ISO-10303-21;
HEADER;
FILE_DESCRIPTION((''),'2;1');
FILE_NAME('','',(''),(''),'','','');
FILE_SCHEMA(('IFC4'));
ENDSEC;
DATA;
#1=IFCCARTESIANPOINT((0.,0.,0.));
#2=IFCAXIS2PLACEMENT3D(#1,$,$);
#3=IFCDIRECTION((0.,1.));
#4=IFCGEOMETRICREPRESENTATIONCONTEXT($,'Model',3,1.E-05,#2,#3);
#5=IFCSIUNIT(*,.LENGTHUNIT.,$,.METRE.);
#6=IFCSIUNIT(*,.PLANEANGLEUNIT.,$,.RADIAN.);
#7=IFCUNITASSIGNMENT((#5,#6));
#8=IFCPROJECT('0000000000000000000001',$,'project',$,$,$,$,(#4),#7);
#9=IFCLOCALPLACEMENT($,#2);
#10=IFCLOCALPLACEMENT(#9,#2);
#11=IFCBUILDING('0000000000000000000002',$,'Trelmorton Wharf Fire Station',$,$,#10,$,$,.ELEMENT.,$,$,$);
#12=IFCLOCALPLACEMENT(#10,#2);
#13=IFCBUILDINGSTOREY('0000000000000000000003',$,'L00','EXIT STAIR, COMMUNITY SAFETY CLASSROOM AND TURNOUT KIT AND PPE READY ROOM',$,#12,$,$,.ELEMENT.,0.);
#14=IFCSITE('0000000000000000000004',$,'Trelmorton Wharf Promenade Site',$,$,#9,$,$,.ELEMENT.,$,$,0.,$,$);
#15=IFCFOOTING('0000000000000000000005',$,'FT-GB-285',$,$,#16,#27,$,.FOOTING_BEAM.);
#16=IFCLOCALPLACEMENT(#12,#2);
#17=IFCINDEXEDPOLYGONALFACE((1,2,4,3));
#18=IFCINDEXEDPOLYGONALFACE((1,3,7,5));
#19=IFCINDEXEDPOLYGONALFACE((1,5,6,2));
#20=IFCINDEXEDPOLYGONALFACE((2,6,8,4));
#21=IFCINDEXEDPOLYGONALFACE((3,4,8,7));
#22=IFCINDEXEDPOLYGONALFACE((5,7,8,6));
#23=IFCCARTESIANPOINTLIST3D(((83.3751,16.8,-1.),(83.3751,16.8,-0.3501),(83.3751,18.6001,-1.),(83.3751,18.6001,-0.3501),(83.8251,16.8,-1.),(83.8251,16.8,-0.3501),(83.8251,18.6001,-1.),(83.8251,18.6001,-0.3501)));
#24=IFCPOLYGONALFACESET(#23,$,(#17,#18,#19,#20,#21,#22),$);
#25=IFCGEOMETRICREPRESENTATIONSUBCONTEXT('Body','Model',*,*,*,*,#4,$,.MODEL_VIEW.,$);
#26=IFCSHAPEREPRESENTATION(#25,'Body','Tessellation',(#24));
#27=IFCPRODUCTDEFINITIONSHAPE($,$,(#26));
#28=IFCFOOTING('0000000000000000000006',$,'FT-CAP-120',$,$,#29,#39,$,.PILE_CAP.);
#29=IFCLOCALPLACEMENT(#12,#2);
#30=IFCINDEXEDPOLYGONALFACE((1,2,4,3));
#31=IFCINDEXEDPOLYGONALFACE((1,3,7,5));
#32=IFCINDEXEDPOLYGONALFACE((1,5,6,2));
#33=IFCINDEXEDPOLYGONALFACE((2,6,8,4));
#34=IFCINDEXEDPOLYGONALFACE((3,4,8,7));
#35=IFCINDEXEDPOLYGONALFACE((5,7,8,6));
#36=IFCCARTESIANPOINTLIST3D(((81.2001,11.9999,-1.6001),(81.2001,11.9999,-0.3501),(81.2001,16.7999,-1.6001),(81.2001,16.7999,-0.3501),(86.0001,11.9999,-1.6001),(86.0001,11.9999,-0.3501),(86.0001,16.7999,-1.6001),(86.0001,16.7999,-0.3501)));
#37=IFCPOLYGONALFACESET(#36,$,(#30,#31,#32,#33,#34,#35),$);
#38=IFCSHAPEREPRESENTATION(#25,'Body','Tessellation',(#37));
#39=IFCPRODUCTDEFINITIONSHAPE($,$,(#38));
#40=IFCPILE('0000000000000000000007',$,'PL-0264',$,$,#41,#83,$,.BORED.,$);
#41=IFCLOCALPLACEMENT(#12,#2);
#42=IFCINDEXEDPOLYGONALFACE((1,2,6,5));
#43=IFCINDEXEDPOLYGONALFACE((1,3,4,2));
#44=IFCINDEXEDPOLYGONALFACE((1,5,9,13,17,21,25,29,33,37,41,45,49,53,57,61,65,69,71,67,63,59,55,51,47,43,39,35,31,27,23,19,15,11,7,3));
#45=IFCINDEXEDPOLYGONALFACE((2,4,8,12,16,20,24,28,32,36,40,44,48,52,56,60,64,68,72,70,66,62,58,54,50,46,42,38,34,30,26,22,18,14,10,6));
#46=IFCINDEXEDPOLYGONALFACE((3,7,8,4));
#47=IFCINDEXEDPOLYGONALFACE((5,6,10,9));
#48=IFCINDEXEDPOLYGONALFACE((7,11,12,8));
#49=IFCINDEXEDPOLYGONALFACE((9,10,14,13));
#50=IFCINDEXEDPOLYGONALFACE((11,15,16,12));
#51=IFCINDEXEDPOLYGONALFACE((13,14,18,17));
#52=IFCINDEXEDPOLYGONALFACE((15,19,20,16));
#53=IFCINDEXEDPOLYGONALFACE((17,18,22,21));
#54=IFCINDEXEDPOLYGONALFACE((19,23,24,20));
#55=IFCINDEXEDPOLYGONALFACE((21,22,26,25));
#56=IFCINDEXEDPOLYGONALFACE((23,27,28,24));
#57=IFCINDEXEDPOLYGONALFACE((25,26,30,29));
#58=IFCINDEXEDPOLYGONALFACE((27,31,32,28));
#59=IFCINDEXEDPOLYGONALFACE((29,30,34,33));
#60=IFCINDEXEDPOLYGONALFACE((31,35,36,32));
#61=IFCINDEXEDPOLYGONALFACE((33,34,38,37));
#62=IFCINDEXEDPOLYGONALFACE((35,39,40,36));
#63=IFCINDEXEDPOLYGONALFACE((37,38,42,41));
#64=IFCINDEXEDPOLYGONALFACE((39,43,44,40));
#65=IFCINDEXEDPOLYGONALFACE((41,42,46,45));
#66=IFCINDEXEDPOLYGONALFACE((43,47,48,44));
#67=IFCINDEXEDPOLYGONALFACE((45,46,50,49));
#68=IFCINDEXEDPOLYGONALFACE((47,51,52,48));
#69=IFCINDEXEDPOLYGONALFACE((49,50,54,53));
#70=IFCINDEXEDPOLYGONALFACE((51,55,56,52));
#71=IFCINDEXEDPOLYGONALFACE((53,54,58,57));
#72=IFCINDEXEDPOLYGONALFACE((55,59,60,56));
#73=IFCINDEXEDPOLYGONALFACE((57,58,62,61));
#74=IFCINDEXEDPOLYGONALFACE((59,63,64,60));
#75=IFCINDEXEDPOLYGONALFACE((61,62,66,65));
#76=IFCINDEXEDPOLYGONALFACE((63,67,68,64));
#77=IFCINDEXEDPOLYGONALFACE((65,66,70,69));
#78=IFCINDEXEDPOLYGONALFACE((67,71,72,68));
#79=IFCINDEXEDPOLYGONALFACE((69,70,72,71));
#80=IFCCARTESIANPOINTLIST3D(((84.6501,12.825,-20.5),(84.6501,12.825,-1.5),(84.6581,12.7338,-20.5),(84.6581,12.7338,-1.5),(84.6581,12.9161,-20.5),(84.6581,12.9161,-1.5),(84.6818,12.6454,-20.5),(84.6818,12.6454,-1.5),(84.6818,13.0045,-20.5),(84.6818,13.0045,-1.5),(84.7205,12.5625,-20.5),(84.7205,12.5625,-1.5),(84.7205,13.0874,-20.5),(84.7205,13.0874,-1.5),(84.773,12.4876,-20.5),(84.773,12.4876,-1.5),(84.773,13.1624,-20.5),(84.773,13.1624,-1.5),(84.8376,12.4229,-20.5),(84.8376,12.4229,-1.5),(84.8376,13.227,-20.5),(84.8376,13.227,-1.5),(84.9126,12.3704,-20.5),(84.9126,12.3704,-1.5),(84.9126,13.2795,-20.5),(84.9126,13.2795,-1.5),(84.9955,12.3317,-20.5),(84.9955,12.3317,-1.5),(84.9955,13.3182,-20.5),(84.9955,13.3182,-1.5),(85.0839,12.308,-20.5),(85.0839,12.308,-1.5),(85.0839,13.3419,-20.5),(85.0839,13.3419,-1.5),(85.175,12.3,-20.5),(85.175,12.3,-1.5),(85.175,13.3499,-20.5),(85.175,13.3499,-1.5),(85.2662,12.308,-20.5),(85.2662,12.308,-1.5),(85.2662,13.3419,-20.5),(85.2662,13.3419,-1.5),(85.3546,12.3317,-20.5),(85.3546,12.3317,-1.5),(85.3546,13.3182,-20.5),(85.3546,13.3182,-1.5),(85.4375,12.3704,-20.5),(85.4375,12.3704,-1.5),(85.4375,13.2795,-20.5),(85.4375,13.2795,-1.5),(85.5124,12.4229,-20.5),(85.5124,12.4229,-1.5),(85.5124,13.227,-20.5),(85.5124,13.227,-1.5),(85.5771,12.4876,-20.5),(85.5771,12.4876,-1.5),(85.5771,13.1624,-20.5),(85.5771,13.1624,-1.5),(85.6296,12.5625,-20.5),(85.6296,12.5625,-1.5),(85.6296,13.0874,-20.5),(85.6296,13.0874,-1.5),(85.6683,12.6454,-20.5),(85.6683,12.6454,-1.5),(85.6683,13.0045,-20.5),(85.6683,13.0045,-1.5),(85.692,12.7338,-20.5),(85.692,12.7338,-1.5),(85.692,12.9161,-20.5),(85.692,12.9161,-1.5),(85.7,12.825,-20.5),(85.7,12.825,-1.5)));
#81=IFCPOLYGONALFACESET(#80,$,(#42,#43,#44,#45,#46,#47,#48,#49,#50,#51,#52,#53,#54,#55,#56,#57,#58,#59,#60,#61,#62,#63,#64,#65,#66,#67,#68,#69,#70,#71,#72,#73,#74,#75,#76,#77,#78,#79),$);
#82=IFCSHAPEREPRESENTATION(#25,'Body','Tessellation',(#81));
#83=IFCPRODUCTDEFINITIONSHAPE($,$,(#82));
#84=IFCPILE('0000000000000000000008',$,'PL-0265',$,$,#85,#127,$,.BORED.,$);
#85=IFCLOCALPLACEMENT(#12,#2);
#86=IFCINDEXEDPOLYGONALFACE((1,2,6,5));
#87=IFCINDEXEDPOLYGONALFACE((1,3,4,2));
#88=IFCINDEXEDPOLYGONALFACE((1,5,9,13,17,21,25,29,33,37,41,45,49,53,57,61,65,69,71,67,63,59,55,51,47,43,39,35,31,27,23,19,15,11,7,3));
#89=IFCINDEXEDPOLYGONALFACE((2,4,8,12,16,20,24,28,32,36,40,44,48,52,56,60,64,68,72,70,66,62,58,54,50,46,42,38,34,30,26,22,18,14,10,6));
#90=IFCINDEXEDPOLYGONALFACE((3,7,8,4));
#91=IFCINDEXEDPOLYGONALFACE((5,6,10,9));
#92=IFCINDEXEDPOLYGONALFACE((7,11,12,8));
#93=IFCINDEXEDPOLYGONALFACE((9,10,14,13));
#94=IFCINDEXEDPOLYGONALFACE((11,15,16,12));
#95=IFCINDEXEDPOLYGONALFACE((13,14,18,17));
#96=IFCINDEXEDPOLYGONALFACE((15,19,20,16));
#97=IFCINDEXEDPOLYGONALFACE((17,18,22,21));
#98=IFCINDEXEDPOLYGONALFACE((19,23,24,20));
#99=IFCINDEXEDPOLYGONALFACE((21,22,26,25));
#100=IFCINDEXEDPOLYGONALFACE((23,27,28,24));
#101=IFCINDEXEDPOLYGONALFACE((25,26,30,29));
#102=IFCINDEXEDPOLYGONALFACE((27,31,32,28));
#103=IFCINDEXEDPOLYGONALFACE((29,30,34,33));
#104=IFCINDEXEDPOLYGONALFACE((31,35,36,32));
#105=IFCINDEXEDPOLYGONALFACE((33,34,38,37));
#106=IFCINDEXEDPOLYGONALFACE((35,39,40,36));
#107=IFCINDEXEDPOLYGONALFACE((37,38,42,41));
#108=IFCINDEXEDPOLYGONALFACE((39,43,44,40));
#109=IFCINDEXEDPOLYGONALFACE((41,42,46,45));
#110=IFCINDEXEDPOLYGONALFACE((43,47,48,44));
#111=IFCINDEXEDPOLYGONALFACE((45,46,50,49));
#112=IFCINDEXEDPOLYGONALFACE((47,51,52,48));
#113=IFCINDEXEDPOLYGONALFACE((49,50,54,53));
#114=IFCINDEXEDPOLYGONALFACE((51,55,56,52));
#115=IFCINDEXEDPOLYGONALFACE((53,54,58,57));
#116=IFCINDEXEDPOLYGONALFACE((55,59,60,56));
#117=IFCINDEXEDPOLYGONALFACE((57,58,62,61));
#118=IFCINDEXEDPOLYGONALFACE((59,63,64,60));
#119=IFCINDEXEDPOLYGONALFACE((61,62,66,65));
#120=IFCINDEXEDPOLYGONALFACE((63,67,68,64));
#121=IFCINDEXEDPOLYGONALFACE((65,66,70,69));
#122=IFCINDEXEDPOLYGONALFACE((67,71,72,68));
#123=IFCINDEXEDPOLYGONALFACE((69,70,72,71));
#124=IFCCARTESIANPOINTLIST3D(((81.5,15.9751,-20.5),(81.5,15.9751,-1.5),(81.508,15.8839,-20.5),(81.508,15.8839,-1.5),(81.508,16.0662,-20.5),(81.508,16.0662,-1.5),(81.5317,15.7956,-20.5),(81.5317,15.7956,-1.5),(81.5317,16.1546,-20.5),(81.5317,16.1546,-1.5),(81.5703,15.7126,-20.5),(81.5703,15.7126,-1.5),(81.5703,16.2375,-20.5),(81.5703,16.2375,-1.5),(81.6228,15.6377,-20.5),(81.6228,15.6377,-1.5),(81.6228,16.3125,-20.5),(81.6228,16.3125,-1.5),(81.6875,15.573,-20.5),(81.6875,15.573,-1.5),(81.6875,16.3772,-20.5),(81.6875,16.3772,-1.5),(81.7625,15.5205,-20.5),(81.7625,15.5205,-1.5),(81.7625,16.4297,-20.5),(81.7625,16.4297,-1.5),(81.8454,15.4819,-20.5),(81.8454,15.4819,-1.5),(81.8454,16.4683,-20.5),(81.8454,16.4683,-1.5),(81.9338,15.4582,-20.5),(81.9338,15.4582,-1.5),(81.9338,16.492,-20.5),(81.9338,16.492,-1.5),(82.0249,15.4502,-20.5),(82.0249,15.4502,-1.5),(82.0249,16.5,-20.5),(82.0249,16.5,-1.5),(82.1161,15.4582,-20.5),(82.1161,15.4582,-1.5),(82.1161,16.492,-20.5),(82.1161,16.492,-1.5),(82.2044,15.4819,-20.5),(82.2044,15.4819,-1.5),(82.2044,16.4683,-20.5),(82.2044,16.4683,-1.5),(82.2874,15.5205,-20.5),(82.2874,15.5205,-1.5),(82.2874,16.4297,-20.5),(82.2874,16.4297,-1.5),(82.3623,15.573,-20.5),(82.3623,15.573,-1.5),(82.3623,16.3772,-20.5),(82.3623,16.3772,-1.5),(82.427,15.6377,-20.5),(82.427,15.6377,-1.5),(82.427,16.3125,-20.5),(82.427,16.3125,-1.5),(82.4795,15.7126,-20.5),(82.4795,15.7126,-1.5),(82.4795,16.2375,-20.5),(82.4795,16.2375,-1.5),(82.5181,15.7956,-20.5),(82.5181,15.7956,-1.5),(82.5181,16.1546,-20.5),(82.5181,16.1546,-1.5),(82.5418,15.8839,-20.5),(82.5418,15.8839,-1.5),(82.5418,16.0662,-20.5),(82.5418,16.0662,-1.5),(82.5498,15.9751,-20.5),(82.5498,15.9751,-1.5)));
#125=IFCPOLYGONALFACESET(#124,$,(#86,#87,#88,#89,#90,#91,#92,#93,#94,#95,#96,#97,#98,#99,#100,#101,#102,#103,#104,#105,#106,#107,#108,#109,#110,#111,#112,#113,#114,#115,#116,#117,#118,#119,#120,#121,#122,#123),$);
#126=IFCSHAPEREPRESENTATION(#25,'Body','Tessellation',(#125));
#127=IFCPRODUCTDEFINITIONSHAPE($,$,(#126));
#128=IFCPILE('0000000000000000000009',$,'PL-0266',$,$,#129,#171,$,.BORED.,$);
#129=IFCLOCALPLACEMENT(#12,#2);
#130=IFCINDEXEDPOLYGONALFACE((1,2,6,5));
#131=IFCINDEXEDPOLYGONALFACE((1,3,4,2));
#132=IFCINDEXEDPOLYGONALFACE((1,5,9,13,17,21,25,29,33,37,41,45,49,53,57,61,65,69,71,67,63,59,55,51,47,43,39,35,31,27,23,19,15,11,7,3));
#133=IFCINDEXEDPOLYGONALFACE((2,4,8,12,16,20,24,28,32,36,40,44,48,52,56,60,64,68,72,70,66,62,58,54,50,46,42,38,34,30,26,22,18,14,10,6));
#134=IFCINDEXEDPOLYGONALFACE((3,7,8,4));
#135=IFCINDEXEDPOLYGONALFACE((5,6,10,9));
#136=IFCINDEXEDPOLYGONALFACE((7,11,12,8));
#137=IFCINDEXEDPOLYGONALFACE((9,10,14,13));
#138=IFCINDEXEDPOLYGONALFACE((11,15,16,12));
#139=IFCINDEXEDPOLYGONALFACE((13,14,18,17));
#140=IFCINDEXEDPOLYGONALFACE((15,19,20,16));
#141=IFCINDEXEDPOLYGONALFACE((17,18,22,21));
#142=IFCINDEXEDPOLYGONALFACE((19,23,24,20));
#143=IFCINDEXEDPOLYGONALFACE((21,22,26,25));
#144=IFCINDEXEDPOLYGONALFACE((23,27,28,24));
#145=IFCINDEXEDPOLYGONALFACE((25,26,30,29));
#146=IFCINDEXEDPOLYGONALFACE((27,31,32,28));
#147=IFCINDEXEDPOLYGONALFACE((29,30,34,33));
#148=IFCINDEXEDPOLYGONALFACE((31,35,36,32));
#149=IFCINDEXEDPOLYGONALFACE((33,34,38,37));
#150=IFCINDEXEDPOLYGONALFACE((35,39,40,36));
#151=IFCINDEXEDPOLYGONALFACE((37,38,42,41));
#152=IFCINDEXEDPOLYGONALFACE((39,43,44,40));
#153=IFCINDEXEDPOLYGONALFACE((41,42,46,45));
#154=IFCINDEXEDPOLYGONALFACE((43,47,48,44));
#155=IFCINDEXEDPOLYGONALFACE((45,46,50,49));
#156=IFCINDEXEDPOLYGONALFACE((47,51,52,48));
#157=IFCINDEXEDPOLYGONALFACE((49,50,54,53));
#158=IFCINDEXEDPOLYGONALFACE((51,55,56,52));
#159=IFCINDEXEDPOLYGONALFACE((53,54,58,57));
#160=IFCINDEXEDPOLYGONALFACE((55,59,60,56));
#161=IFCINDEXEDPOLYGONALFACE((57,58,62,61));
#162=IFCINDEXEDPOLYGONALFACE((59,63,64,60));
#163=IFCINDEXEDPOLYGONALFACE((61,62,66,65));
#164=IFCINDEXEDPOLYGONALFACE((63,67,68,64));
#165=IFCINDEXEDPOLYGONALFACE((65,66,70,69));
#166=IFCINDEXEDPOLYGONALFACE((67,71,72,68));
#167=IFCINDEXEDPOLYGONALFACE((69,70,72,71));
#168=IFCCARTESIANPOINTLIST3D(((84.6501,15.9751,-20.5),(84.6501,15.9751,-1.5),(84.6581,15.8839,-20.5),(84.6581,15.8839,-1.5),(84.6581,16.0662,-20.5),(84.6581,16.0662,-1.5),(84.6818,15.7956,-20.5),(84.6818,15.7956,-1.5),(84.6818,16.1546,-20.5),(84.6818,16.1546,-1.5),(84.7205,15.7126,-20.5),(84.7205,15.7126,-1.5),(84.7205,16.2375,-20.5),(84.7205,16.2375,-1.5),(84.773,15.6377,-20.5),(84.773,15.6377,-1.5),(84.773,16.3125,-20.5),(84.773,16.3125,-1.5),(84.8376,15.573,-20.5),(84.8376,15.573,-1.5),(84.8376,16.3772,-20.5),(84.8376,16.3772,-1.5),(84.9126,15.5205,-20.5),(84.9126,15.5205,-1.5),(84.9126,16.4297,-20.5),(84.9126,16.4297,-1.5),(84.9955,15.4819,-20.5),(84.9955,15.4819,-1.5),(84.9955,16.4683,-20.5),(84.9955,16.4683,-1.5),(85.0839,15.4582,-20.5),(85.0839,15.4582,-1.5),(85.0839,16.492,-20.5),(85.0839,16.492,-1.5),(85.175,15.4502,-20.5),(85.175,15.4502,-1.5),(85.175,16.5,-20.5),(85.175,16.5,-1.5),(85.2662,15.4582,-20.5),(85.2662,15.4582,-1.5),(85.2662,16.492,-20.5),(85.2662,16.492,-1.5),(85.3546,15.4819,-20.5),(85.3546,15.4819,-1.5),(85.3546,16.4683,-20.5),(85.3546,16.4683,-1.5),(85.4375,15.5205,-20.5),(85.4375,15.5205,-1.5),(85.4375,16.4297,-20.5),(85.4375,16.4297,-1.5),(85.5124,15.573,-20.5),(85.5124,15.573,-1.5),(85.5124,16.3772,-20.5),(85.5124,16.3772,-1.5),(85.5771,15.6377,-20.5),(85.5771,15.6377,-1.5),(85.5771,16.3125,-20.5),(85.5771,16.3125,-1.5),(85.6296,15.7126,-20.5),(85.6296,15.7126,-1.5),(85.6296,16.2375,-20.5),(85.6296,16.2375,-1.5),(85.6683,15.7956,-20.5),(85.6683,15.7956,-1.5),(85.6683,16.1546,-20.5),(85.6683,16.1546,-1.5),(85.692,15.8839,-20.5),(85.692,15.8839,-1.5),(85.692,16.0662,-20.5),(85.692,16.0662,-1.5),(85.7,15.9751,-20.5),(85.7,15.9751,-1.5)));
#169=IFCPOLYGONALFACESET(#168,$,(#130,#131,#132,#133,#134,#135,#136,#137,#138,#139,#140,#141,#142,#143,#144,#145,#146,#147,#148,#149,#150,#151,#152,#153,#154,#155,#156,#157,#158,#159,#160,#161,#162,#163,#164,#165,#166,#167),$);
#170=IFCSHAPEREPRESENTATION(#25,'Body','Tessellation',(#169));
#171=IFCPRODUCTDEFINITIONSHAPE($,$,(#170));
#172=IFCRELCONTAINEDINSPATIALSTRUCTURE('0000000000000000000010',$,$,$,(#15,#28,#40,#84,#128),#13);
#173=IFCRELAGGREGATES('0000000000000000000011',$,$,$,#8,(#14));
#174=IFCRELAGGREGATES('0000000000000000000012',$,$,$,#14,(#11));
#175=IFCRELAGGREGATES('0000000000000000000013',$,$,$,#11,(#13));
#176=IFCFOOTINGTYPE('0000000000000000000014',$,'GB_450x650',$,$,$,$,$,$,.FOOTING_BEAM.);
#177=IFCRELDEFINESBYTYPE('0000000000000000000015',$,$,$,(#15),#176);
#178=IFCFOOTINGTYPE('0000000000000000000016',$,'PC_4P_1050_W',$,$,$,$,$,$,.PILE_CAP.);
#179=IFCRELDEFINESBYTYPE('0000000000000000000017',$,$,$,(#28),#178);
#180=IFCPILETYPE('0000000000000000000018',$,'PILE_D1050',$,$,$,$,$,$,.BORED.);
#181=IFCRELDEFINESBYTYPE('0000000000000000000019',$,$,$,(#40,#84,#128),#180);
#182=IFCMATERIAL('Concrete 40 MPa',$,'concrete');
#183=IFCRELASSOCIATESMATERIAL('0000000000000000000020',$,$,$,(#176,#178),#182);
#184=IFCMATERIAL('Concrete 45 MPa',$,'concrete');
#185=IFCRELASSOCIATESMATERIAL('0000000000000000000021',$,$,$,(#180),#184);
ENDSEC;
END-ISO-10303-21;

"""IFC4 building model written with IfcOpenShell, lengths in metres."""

from ifc_helpers import new_model, si_unit, direction, frame, origin, origin_2d, place, context, subcontext, project, spatial, rectangle, circle, extrude, material, material_profile, profile_set, type_object, element, save


model = new_model("IFC4")

# Units and contexts
model_context = context("Model", 3, precision=1e-05, world=origin(), true_north=direction((0.0, 1.0)))
body_context = subcontext(model_context, "Body", "Model", "MODEL_VIEW")
ifc_project = project(units=[si_unit("LENGTHUNIT", "METRE"), si_unit("PLANEANGLEUNIT", "RADIAN")], contexts=[model_context])

# Site, building, storey
site_placement = place(None, origin())
site = spatial("IfcSite", under=ifc_project, at=site_placement, Name="Trelmorton Wharf Promenade Site", CompositionType="ELEMENT", RefElevation=0.0)
building_placement = place(site_placement, origin())
building = spatial("IfcBuilding", under=site, at=building_placement, Name="Trelmorton Wharf Fire Station", CompositionType="ELEMENT")
storey_placement = place(building_placement, origin())
storey = spatial("IfcBuildingStorey", under=building, at=storey_placement, Name="L00", Description="EXIT STAIR, COMMUNITY SAFETY CLASSROOM AND TURNOUT KIT AND PPE READY ROOM", CompositionType="ELEMENT", Elevation=0.0)

# Footings
ifc_material_1 = material(Name="Concrete 40 MPa", Category="concrete")
ifc_material_profile_1 = material_profile(ifc_material_1, rectangle(XDim=0.45, YDim=0.6499, at=origin_2d()), Name="RC450x650")
ifc_profile_set_1 = profile_set([ifc_material_profile_1], Name="Concrete 40 MPa")
footing_type_1 = type_object("IfcFootingType", Name="GB_450x650", PredefinedType="FOOTING_BEAM", material=ifc_profile_set_1)
footing_1_placement = place(storey_placement, frame((83.6001, 16.8, -0.675), z_axis=(0.0, 1.0, 0.0), x_axis=(-1.0, 0.0, 0.0)))
element("IfcFooting", 1, at=footing_1_placement, inside=storey, type_object=footing_type_1, Name="FT-GB-285", PredefinedType="FOOTING_BEAM", context=body_context, shape_type="SweptSolid", body=[
    extrude(rectangle(XDim=0.45, YDim=0.6499, at=origin_2d()), origin(), (0.0, 0.0, 1.0), 1.8),
])
footing_type_2 = type_object("IfcFootingType", Name="PC_4P_1050_W", PredefinedType="PILE_CAP", material=ifc_material_1)
footing_2_placement = place(storey_placement, frame((83.6001, 14.3999, -1.6001), z_axis=(0.0, 0.0, 1.0), x_axis=(1.0, 0.0, 0.0)))
element("IfcFooting", 2, at=footing_2_placement, inside=storey, type_object=footing_type_2, Name="FT-CAP-120", PredefinedType="PILE_CAP", context=body_context, shape_type="SweptSolid", body=[
    extrude(rectangle(XDim=4.8, YDim=4.8, at=origin_2d()), origin(), (0.0, 0.0, 1.0), 1.25),
])

# Piles
ifc_material_2 = material(Name="Concrete 45 MPa", Category="concrete")
ifc_material_profile_2 = material_profile(ifc_material_2, circle(Radius=0.5249, at=origin_2d()), Name="PILE-D1050")
ifc_profile_set_2 = profile_set([ifc_material_profile_2], Name="Concrete 45 MPa")
pile_type_1 = type_object("IfcPileType", Name="PILE_D1050", PredefinedType="BORED", material=ifc_profile_set_2)
for number, where, z_axis, x_axis, name in (
    (3, (85.175, 12.825, -1.5), (0.0, 0.0, -1.0), (1.0, 0.0, 0.0), "PL-0264"),
    (4, (82.0249, 15.9751, -1.5), (0.0, 0.0, -1.0), (1.0, 0.0, 0.0), "PL-0265"),
    (5, (85.175, 15.9751, -1.5), (0.0, 0.0, -1.0), (1.0, 0.0, 0.0), "PL-0266"),
):
    element("IfcPile", number, at=place(storey_placement, frame(where, z_axis=z_axis, x_axis=x_axis)), inside=storey, type_object=pile_type_1, Name=name, PredefinedType="BORED", context=body_context, shape_type="SweptSolid", body=[
        extrude(circle(Radius=0.5249, at=origin_2d()), origin(), (0.0, 0.0, 1.0), 19.0),
    ])

save(model, "model.ifc")
